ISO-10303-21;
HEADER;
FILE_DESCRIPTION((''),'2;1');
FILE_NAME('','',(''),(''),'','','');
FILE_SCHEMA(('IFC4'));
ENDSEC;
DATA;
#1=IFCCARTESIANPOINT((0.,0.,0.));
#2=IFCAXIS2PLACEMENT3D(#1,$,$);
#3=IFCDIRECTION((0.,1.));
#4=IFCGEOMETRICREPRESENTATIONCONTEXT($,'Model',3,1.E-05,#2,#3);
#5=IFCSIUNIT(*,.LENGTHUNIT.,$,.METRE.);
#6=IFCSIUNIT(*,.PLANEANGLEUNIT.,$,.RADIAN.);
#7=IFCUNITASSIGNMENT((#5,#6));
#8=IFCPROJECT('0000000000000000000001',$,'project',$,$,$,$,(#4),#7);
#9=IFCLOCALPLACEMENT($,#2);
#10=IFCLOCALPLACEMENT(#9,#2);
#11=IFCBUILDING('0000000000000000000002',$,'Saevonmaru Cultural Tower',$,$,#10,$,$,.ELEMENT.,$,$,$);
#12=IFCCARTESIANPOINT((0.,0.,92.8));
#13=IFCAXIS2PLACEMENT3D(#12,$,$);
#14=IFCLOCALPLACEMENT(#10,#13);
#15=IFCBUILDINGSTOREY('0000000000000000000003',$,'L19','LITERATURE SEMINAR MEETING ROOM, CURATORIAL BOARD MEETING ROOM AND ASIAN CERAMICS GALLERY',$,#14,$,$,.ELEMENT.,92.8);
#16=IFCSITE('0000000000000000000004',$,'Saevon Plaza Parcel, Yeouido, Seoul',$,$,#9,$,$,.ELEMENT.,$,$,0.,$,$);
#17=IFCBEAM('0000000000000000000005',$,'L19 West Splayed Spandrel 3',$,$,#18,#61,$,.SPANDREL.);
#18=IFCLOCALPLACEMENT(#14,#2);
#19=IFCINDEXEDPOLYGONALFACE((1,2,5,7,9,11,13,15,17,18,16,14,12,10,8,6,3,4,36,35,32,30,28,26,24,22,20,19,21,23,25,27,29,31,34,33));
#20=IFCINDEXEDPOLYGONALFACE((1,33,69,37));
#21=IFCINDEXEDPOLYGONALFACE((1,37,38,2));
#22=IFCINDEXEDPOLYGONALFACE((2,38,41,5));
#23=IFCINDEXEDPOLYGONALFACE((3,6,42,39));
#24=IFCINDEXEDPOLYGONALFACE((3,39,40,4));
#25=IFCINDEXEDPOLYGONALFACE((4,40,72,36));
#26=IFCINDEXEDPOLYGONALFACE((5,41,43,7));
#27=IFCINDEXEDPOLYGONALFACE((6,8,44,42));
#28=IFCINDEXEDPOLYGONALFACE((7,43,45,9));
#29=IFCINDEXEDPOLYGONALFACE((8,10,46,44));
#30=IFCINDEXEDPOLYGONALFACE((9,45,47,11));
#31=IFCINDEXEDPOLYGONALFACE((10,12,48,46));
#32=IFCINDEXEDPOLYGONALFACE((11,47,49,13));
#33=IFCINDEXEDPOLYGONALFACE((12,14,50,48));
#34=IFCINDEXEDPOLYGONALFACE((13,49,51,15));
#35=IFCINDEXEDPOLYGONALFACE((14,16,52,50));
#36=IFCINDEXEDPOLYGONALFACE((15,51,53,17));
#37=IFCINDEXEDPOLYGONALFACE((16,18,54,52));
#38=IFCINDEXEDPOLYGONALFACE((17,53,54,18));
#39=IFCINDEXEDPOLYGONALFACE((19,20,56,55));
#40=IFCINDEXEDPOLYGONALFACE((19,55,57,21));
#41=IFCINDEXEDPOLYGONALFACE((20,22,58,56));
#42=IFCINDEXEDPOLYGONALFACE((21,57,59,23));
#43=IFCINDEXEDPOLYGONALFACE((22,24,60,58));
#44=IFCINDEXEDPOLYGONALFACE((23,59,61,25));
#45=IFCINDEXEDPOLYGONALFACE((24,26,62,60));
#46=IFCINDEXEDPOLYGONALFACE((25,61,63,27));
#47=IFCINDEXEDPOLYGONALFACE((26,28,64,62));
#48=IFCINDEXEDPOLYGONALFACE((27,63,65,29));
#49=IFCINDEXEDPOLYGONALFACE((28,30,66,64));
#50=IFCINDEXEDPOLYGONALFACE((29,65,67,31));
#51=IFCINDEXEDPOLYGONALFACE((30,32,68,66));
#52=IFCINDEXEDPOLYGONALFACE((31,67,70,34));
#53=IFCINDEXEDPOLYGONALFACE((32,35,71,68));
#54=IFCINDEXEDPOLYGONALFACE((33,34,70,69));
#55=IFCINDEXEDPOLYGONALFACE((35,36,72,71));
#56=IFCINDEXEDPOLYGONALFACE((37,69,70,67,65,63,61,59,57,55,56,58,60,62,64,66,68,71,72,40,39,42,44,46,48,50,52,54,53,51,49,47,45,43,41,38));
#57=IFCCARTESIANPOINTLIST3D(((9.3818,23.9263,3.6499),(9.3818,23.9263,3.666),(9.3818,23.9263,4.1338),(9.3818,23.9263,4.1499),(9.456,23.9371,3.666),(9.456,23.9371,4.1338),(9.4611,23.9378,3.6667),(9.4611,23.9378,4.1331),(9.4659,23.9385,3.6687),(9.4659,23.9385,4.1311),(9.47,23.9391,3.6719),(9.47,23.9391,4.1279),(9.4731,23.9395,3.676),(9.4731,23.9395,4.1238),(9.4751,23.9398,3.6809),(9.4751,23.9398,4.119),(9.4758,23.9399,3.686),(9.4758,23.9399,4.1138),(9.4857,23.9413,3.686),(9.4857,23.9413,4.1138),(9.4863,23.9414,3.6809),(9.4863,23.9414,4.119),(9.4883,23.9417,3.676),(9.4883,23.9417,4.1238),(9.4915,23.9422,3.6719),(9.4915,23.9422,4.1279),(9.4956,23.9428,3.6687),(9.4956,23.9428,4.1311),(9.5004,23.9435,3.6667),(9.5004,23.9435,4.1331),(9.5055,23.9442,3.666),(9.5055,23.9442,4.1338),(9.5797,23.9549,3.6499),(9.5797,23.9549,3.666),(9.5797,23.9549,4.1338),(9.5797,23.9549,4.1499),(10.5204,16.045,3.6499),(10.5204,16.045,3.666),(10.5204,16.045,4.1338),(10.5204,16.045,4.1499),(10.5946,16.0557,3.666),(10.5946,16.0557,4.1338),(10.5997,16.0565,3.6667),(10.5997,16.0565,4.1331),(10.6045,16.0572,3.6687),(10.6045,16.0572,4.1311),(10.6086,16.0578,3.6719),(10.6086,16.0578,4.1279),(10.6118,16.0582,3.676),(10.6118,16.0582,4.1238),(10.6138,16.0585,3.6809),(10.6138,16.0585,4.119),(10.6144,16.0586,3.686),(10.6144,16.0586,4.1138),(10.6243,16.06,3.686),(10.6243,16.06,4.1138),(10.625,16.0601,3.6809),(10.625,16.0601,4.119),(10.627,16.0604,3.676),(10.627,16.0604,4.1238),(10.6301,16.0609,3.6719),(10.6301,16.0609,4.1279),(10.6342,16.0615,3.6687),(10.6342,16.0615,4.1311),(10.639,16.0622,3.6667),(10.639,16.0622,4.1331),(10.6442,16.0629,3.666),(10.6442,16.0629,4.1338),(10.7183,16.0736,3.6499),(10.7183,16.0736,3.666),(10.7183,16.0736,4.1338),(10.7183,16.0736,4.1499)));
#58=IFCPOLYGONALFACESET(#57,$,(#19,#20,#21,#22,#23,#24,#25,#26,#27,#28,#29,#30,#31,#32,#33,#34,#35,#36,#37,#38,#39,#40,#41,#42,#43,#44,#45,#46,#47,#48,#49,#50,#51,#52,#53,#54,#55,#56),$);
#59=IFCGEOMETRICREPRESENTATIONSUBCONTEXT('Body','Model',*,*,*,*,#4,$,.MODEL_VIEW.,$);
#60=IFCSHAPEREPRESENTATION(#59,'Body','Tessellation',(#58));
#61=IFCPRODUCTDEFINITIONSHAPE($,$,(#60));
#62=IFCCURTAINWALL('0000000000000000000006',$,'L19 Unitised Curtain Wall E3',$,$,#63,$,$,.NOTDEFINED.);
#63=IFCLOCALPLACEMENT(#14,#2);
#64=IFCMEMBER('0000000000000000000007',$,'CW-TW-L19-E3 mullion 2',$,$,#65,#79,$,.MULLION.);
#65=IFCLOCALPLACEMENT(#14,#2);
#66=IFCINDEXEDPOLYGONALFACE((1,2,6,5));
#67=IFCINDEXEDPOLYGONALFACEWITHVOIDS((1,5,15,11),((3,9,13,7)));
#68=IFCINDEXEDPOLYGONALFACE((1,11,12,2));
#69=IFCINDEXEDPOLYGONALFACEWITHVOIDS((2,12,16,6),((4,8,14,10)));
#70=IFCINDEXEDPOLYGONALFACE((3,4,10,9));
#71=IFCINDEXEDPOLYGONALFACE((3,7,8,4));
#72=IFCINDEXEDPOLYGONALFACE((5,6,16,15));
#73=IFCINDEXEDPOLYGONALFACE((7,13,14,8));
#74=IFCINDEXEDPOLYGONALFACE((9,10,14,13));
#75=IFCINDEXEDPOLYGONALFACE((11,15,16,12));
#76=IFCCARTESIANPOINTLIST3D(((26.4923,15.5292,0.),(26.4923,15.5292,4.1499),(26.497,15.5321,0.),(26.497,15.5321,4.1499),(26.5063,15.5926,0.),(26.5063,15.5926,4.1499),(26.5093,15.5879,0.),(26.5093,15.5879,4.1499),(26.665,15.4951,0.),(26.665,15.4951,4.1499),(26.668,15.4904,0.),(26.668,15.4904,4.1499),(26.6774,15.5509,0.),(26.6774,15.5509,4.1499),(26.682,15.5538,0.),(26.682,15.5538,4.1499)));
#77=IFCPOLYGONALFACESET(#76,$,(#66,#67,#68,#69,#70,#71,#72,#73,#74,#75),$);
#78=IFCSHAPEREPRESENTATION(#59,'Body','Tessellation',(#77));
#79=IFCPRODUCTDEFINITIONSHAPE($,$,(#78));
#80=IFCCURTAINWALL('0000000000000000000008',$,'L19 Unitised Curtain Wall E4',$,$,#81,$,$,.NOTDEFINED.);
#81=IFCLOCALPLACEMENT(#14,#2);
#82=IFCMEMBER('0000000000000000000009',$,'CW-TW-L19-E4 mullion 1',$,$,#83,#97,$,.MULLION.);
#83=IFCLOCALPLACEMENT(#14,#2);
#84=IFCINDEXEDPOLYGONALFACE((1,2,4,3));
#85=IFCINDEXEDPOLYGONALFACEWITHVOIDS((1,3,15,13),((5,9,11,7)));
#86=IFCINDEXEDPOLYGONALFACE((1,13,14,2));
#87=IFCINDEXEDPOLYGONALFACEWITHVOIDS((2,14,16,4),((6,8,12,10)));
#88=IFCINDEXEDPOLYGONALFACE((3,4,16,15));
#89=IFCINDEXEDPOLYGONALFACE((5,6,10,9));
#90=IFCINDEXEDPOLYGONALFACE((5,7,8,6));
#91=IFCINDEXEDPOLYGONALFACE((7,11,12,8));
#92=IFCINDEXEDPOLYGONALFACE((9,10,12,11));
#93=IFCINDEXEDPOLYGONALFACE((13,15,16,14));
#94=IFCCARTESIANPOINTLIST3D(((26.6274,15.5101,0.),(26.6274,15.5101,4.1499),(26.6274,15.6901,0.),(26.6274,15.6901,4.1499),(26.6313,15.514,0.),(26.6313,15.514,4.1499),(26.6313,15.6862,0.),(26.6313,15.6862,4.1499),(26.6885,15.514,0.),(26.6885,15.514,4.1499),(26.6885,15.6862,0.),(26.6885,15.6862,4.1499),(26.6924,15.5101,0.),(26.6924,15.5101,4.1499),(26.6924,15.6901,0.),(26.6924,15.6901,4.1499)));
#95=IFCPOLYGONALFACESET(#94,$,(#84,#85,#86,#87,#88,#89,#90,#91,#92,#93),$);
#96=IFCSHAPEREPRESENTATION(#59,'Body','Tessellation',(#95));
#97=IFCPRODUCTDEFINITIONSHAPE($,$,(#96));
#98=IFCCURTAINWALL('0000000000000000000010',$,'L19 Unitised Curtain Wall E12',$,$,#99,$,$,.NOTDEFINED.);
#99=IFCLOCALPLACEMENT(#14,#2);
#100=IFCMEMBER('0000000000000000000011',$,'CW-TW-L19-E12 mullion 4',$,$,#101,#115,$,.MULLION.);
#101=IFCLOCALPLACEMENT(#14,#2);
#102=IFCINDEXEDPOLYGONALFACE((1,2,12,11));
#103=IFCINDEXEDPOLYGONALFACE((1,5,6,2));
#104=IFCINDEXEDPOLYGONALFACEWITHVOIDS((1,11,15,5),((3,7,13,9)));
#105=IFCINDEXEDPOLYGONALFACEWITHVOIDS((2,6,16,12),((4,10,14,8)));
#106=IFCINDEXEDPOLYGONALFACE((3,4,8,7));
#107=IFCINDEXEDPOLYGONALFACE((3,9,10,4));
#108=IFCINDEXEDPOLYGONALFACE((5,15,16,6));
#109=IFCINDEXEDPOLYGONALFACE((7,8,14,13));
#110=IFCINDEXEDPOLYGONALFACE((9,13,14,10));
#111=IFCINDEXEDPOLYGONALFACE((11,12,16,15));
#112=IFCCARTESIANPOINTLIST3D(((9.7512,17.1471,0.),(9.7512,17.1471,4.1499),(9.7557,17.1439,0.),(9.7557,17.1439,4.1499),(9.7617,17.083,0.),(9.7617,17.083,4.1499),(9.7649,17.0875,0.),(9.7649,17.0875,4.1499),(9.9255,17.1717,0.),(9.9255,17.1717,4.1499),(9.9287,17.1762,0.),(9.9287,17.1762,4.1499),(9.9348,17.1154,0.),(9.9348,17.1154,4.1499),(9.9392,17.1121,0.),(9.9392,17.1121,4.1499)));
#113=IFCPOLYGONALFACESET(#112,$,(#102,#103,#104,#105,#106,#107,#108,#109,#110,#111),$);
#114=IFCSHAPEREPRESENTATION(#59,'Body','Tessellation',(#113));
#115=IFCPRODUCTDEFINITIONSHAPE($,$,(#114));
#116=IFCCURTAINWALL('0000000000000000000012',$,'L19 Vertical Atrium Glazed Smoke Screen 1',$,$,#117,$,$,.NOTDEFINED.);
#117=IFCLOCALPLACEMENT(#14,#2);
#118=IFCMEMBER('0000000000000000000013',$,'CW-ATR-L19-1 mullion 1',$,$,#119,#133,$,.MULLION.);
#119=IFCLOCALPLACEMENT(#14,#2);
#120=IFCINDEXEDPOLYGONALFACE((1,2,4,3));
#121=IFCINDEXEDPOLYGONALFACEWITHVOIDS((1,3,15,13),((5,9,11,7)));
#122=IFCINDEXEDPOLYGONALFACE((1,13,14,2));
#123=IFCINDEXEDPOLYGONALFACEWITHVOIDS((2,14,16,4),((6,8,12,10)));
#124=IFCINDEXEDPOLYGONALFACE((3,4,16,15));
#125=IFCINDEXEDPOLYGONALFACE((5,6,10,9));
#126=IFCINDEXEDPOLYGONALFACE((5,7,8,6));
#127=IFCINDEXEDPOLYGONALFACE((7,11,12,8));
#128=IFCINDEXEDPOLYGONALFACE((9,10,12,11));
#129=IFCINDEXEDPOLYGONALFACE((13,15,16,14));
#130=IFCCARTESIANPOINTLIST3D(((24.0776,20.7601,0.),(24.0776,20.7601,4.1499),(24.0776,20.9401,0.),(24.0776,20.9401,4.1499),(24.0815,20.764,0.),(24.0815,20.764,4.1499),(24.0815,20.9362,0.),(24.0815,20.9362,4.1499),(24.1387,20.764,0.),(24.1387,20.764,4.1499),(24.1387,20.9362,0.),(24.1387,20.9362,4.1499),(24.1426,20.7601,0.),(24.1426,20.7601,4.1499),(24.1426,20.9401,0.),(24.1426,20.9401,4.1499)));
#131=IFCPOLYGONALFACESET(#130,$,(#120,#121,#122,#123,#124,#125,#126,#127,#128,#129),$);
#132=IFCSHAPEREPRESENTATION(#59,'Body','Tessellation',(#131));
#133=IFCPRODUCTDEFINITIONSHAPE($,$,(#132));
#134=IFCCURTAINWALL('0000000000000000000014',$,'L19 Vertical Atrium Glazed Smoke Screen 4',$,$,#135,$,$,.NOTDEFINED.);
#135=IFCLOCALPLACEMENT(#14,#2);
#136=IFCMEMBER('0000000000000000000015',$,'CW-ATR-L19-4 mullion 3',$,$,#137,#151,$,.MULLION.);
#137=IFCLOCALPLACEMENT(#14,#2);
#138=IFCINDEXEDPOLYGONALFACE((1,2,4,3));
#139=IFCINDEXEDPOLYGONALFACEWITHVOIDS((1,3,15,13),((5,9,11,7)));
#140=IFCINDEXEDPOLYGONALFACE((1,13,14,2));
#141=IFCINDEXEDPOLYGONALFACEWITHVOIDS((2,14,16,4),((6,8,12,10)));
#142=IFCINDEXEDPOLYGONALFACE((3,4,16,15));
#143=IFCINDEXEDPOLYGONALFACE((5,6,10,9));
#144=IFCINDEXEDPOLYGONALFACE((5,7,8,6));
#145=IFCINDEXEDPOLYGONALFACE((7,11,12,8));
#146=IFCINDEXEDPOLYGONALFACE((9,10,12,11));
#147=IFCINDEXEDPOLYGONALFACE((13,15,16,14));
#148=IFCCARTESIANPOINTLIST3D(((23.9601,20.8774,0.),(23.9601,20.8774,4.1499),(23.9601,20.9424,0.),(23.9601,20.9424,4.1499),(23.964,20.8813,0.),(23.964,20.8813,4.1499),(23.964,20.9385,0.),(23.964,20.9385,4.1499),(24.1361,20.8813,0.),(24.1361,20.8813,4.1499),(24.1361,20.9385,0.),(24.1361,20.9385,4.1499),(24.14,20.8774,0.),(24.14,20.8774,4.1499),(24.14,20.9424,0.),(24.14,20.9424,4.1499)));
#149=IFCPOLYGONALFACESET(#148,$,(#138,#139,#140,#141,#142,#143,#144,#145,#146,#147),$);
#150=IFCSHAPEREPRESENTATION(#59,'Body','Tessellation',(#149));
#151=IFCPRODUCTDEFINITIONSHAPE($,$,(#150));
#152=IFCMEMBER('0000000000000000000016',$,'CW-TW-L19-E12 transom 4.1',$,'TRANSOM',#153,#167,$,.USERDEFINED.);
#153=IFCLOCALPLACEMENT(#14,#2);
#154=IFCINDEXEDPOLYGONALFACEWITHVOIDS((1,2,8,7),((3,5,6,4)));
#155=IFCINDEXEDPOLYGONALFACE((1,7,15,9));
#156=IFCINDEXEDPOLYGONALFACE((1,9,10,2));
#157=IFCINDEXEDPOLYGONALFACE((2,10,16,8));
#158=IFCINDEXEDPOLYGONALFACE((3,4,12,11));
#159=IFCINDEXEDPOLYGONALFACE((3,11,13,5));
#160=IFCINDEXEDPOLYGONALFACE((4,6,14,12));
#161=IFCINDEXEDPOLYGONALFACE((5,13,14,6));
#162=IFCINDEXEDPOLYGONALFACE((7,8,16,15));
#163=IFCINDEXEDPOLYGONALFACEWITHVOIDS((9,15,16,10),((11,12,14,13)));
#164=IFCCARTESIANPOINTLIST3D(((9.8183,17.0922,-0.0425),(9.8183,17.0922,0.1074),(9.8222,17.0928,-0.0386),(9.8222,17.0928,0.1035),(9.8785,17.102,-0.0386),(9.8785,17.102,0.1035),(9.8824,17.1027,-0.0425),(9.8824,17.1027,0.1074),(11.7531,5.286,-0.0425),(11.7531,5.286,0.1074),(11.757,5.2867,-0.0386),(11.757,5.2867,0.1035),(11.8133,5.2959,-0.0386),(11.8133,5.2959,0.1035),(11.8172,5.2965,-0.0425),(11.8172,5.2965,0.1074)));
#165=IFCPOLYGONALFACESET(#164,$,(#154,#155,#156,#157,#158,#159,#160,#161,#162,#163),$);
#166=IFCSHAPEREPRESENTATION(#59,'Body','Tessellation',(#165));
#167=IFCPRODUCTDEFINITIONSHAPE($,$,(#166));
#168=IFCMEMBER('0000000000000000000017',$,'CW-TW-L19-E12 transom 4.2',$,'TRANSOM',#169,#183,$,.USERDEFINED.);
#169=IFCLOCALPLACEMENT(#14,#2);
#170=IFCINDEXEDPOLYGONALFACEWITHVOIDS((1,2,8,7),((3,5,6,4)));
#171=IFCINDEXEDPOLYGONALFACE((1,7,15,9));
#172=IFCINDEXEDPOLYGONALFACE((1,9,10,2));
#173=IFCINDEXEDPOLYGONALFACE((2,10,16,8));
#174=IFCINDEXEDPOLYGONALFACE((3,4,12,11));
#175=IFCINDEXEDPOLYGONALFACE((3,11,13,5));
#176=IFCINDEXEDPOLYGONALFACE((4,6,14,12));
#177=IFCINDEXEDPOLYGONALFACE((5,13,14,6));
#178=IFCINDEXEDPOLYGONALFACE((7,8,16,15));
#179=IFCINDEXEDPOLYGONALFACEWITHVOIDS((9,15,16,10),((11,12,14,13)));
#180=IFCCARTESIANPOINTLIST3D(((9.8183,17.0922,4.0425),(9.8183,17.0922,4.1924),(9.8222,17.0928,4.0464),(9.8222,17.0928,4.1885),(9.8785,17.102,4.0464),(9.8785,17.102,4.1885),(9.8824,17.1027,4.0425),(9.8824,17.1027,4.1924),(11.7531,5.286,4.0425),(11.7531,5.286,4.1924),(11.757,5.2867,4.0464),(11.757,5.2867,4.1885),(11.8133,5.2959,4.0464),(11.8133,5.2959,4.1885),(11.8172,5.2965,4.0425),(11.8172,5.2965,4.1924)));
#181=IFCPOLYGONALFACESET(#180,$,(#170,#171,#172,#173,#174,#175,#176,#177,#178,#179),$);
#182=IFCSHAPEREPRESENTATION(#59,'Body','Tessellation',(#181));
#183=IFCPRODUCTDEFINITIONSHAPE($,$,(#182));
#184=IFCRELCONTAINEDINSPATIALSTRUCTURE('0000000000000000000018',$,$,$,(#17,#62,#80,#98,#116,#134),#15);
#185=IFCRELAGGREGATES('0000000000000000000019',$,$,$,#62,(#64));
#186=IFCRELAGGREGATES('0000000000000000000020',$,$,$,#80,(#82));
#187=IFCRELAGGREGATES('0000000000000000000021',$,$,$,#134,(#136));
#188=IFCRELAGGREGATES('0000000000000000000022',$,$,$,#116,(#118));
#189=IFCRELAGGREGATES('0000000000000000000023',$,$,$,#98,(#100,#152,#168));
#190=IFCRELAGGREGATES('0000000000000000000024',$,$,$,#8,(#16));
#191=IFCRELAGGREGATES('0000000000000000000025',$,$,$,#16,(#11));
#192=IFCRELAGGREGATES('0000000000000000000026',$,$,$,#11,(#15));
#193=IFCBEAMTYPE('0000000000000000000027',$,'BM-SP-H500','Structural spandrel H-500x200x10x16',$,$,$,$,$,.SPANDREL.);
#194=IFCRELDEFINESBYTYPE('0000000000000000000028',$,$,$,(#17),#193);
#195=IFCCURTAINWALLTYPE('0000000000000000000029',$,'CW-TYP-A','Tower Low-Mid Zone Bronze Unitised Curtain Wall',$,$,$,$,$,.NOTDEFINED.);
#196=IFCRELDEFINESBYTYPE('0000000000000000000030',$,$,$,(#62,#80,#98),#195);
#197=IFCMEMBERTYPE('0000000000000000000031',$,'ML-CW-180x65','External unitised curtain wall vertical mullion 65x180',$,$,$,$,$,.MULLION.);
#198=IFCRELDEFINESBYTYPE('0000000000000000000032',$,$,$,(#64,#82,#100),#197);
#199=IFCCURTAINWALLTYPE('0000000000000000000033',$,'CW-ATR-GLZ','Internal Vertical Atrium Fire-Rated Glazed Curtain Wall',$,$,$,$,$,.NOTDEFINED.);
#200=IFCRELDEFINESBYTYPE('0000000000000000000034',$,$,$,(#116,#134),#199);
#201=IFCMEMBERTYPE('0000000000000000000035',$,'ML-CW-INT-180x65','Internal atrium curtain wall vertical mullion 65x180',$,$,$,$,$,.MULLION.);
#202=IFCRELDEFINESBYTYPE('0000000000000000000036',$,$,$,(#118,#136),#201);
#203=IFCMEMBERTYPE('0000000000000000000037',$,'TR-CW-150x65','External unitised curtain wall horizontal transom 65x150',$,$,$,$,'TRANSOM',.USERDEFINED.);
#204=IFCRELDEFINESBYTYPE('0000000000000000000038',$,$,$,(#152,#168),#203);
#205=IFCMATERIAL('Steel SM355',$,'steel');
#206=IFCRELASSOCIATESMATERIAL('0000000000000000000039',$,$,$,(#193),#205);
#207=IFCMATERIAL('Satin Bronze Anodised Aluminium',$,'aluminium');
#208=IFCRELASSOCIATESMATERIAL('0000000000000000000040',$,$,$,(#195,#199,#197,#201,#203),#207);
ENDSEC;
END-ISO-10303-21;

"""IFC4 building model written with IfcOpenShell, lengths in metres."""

from ifc_helpers import new_model, si_unit, direction, frame, origin, origin_2d, place, context, subcontext, project, spatial, hollow_rectangle, i_section, extrude, material, material_profile, profile_set, type_object, element, aggregate, save


model = new_model("IFC4")

# Units and contexts
model_context = context("Model", 3, precision=1e-05, world=origin(), true_north=direction((0.0, 1.0)))
body_context = subcontext(model_context, "Body", "Model", "MODEL_VIEW")
ifc_project = project(units=[si_unit("LENGTHUNIT", "METRE"), si_unit("PLANEANGLEUNIT", "RADIAN")], contexts=[model_context])

# Site, building, storey
site_placement = place(None, origin())
site = spatial("IfcSite", under=ifc_project, at=site_placement, Name="Saevon Plaza Parcel, Yeouido, Seoul", CompositionType="ELEMENT", RefElevation=0.0)
building_placement = place(site_placement, origin())
building = spatial("IfcBuilding", under=site, at=building_placement, Name="Saevonmaru Cultural Tower", CompositionType="ELEMENT")
storey_placement = place(building_placement, frame((0.0, 0.0, 92.8)))
storey = spatial("IfcBuildingStorey", under=building, at=storey_placement, Name="L19", Description="LITERATURE SEMINAR MEETING ROOM, CURATORIAL BOARD MEETING ROOM AND ASIAN CERAMICS GALLERY", CompositionType="ELEMENT", Elevation=92.8)

# Beam
ifc_material_1 = material(Name="Steel SM355", Category="steel")
ifc_material_profile_1 = material_profile(ifc_material_1, i_section(OverallWidth=0.2, OverallDepth=0.5, WebThickness=0.01, FlangeThickness=0.0161, FilletRadius=0.02, at=origin_2d()), Name="H-500x200x10x16")
ifc_profile_set_1 = profile_set([ifc_material_profile_1], Name="Steel SM355")
beam_type_1 = type_object("IfcBeamType", Name="BM-SP-H500", Description="Structural spandrel H-500x200x10x16", PredefinedType="SPANDREL", material=ifc_profile_set_1)
beam_1_placement = place(storey_placement, frame((10.6194, 16.0593, 3.8999), z_axis=(-0.142992, 0.989724, 0.0), x_axis=(-0.989724, -0.142992, 0.0)))
element("IfcBeam", 1, at=beam_1_placement, inside=storey, type_object=beam_type_1, Name="L19 West Splayed Spandrel 3", PredefinedType="SPANDREL", context=body_context, shape_type="SweptSolid", body=[
    extrude(i_section(OverallWidth=0.2, OverallDepth=0.5, WebThickness=0.01, FlangeThickness=0.0161, FilletRadius=0.02, at=origin_2d()), origin(), (0.0, 0.0, 1.0), 7.9631),
])

# Curtain walls, members
ifc_material_2 = material(Name="Satin Bronze Anodised Aluminium", Category="aluminium")
curtain_wall_type_1 = type_object("IfcCurtainWallType", Name="CW-TYP-A", Description="Tower Low-Mid Zone Bronze Unitised Curtain Wall", PredefinedType="NOTDEFINED", material=ifc_material_2)
curtain_wall_1_placement = place(storey_placement, origin())
curtain_wall_1 = element("IfcCurtainWall", 2, at=curtain_wall_1_placement, inside=storey, type_object=curtain_wall_type_1, Name="L19 Unitised Curtain Wall E3", PredefinedType="NOTDEFINED")
ifc_material_profile_2 = material_profile(ifc_material_2, hollow_rectangle(XDim=0.0649, YDim=0.1799, WallThickness=0.0039, at=origin_2d()), Name="ALU-MULL-180x65x4")
ifc_profile_set_2 = profile_set([ifc_material_profile_2], Name="Satin Bronze Anodised Aluminium")
member_type_1 = type_object("IfcMemberType", Name="ML-CW-180x65", Description="External unitised curtain wall vertical mullion 65x180", PredefinedType="MULLION", material=ifc_profile_set_2)
member_1_placement = place(storey_placement, frame((26.5872, 15.5415, 0.0), z_axis=(0.0, 0.0, 1.0), x_axis=(0.215413, 0.976523, 0.0)))
member_1 = element("IfcMember", 3, at=member_1_placement, type_object=member_type_1, Name="CW-TW-L19-E3 mullion 2", PredefinedType="MULLION", context=body_context, shape_type="SweptSolid", body=[
    extrude(hollow_rectangle(XDim=0.0649, YDim=0.1799, WallThickness=0.0039, at=origin_2d()), origin(), (0.0, 0.0, 1.0), 4.1499),
])
aggregate(curtain_wall_1, [member_1])
curtain_wall_2_placement = place(storey_placement, origin())
curtain_wall_2 = element("IfcCurtainWall", 4, at=curtain_wall_2_placement, inside=storey, type_object=curtain_wall_type_1, Name="L19 Unitised Curtain Wall E4", PredefinedType="NOTDEFINED")
member_2_placement = place(storey_placement, frame((26.6599, 15.6001, 0.0), z_axis=(0.0, 0.0, 1.0), x_axis=(1.0, 0.0, 0.0)))
member_2 = element("IfcMember", 5, at=member_2_placement, type_object=member_type_1, Name="CW-TW-L19-E4 mullion 1", PredefinedType="MULLION", context=body_context, shape_type="SweptSolid", body=[
    extrude(hollow_rectangle(XDim=0.0649, YDim=0.1799, WallThickness=0.0039, at=origin_2d()), origin(), (0.0, 0.0, 1.0), 4.1499),
])
aggregate(curtain_wall_2, [member_2])
curtain_wall_3_placement = place(storey_placement, origin())
curtain_wall_3 = element("IfcCurtainWall", 6, at=curtain_wall_3_placement, inside=storey, type_object=curtain_wall_type_1, Name="L19 Unitised Curtain Wall E12", PredefinedType="NOTDEFINED")
member_3_placement = place(storey_placement, frame((9.8452, 17.1296, 0.0), z_axis=(0.0, 0.0, 1.0), x_axis=(0.161709, -0.986839, 0.0)))
member_3 = element("IfcMember", 7, at=member_3_placement, type_object=member_type_1, Name="CW-TW-L19-E12 mullion 4", PredefinedType="MULLION", context=body_context, shape_type="SweptSolid", body=[
    extrude(hollow_rectangle(XDim=0.0649, YDim=0.1799, WallThickness=0.0039, at=origin_2d()), origin(), (0.0, 0.0, 1.0), 4.1499),
])
curtain_wall_type_2 = type_object("IfcCurtainWallType", Name="CW-ATR-GLZ", Description="Internal Vertical Atrium Fire-Rated Glazed Curtain Wall", PredefinedType="NOTDEFINED", material=ifc_material_2)
curtain_wall_4_placement = place(storey_placement, origin())
curtain_wall_4 = element("IfcCurtainWall", 8, at=curtain_wall_4_placement, inside=storey, type_object=curtain_wall_type_2, Name="L19 Vertical Atrium Glazed Smoke Screen 1", PredefinedType="NOTDEFINED")
ifc_material_profile_3 = material_profile(ifc_material_2, hollow_rectangle(XDim=0.0649, YDim=0.1799, WallThickness=0.0039, at=origin_2d()), Name="ALU-MULL-180x65x4")
ifc_profile_set_3 = profile_set([ifc_material_profile_3], Name="Satin Bronze Anodised Aluminium")
member_type_2 = type_object("IfcMemberType", Name="ML-CW-INT-180x65", Description="Internal atrium curtain wall vertical mullion 65x180", PredefinedType="MULLION", material=ifc_profile_set_3)
member_4_placement = place(storey_placement, frame((24.1101, 20.8501, 0.0), z_axis=(0.0, 0.0, 1.0), x_axis=(1.0, 0.0, 0.0)))
member_4 = element("IfcMember", 9, at=member_4_placement, type_object=member_type_2, Name="CW-ATR-L19-1 mullion 1", PredefinedType="MULLION", context=body_context, shape_type="SweptSolid", body=[
    extrude(hollow_rectangle(XDim=0.0649, YDim=0.1799, WallThickness=0.0039, at=origin_2d()), origin(), (0.0, 0.0, 1.0), 4.1499),
])
curtain_wall_5_placement = place(storey_placement, origin())
curtain_wall_5 = element("IfcCurtainWall", 10, at=curtain_wall_5_placement, inside=storey, type_object=curtain_wall_type_2, Name="L19 Vertical Atrium Glazed Smoke Screen 4", PredefinedType="NOTDEFINED")
member_5_placement = place(storey_placement, frame((24.05, 20.9099, 0.0), z_axis=(0.0, 0.0, 1.0), x_axis=(0.0, -1.0, 0.0)))
member_5 = element("IfcMember", 11, at=member_5_placement, type_object=member_type_2, Name="CW-ATR-L19-4 mullion 3", PredefinedType="MULLION", context=body_context, shape_type="SweptSolid", body=[
    extrude(hollow_rectangle(XDim=0.0649, YDim=0.1799, WallThickness=0.0039, at=origin_2d()), origin(), (0.0, 0.0, 1.0), 4.1499),
])
aggregate(curtain_wall_5, [member_5])

# Members
ifc_material_profile_4 = material_profile(ifc_material_2, hollow_rectangle(XDim=0.0649, YDim=0.1499, WallThickness=0.0039, at=origin_2d()), Name="ALU-TRAN-150x65x4")
ifc_profile_set_4 = profile_set([ifc_material_profile_4], Name="Satin Bronze Anodised Aluminium")
member_type_3 = type_object("IfcMemberType", Name="TR-CW-150x65", Description="External unitised curtain wall horizontal transom 65x150", ElementType="TRANSOM", PredefinedType="USERDEFINED", material=ifc_profile_set_4)
member_6_placement = place(storey_placement, frame((9.8503, 17.0974, 0.0325), z_axis=(0.161725, -0.986836, 0.0), x_axis=(0.986836, 0.161725, 0.0)))
member_6 = element("IfcMember", 12, at=member_6_placement, type_object=member_type_3, Name="CW-TW-L19-E12 transom 4.1", ObjectType="TRANSOM", PredefinedType="USERDEFINED", context=body_context, shape_type="SweptSolid", body=[
    extrude(hollow_rectangle(XDim=0.0649, YDim=0.1499, WallThickness=0.0039, at=origin_2d()), origin(), (0.0, 0.0, 1.0), 11.9636),
])
member_7_placement = place(storey_placement, frame((9.8503, 17.0974, 4.1174), z_axis=(0.161725, -0.986836, 0.0), x_axis=(0.986836, 0.161725, 0.0)))
member_7 = element("IfcMember", 13, at=member_7_placement, type_object=member_type_3, Name="CW-TW-L19-E12 transom 4.2", ObjectType="TRANSOM", PredefinedType="USERDEFINED", context=body_context, shape_type="SweptSolid", body=[
    extrude(hollow_rectangle(XDim=0.0649, YDim=0.1499, WallThickness=0.0039, at=origin_2d()), origin(), (0.0, 0.0, 1.0), 11.9636),
])
aggregate(curtain_wall_4, [member_4])

aggregate(curtain_wall_3, [member_3, member_6, member_7])

save(model, "model.ifc")
